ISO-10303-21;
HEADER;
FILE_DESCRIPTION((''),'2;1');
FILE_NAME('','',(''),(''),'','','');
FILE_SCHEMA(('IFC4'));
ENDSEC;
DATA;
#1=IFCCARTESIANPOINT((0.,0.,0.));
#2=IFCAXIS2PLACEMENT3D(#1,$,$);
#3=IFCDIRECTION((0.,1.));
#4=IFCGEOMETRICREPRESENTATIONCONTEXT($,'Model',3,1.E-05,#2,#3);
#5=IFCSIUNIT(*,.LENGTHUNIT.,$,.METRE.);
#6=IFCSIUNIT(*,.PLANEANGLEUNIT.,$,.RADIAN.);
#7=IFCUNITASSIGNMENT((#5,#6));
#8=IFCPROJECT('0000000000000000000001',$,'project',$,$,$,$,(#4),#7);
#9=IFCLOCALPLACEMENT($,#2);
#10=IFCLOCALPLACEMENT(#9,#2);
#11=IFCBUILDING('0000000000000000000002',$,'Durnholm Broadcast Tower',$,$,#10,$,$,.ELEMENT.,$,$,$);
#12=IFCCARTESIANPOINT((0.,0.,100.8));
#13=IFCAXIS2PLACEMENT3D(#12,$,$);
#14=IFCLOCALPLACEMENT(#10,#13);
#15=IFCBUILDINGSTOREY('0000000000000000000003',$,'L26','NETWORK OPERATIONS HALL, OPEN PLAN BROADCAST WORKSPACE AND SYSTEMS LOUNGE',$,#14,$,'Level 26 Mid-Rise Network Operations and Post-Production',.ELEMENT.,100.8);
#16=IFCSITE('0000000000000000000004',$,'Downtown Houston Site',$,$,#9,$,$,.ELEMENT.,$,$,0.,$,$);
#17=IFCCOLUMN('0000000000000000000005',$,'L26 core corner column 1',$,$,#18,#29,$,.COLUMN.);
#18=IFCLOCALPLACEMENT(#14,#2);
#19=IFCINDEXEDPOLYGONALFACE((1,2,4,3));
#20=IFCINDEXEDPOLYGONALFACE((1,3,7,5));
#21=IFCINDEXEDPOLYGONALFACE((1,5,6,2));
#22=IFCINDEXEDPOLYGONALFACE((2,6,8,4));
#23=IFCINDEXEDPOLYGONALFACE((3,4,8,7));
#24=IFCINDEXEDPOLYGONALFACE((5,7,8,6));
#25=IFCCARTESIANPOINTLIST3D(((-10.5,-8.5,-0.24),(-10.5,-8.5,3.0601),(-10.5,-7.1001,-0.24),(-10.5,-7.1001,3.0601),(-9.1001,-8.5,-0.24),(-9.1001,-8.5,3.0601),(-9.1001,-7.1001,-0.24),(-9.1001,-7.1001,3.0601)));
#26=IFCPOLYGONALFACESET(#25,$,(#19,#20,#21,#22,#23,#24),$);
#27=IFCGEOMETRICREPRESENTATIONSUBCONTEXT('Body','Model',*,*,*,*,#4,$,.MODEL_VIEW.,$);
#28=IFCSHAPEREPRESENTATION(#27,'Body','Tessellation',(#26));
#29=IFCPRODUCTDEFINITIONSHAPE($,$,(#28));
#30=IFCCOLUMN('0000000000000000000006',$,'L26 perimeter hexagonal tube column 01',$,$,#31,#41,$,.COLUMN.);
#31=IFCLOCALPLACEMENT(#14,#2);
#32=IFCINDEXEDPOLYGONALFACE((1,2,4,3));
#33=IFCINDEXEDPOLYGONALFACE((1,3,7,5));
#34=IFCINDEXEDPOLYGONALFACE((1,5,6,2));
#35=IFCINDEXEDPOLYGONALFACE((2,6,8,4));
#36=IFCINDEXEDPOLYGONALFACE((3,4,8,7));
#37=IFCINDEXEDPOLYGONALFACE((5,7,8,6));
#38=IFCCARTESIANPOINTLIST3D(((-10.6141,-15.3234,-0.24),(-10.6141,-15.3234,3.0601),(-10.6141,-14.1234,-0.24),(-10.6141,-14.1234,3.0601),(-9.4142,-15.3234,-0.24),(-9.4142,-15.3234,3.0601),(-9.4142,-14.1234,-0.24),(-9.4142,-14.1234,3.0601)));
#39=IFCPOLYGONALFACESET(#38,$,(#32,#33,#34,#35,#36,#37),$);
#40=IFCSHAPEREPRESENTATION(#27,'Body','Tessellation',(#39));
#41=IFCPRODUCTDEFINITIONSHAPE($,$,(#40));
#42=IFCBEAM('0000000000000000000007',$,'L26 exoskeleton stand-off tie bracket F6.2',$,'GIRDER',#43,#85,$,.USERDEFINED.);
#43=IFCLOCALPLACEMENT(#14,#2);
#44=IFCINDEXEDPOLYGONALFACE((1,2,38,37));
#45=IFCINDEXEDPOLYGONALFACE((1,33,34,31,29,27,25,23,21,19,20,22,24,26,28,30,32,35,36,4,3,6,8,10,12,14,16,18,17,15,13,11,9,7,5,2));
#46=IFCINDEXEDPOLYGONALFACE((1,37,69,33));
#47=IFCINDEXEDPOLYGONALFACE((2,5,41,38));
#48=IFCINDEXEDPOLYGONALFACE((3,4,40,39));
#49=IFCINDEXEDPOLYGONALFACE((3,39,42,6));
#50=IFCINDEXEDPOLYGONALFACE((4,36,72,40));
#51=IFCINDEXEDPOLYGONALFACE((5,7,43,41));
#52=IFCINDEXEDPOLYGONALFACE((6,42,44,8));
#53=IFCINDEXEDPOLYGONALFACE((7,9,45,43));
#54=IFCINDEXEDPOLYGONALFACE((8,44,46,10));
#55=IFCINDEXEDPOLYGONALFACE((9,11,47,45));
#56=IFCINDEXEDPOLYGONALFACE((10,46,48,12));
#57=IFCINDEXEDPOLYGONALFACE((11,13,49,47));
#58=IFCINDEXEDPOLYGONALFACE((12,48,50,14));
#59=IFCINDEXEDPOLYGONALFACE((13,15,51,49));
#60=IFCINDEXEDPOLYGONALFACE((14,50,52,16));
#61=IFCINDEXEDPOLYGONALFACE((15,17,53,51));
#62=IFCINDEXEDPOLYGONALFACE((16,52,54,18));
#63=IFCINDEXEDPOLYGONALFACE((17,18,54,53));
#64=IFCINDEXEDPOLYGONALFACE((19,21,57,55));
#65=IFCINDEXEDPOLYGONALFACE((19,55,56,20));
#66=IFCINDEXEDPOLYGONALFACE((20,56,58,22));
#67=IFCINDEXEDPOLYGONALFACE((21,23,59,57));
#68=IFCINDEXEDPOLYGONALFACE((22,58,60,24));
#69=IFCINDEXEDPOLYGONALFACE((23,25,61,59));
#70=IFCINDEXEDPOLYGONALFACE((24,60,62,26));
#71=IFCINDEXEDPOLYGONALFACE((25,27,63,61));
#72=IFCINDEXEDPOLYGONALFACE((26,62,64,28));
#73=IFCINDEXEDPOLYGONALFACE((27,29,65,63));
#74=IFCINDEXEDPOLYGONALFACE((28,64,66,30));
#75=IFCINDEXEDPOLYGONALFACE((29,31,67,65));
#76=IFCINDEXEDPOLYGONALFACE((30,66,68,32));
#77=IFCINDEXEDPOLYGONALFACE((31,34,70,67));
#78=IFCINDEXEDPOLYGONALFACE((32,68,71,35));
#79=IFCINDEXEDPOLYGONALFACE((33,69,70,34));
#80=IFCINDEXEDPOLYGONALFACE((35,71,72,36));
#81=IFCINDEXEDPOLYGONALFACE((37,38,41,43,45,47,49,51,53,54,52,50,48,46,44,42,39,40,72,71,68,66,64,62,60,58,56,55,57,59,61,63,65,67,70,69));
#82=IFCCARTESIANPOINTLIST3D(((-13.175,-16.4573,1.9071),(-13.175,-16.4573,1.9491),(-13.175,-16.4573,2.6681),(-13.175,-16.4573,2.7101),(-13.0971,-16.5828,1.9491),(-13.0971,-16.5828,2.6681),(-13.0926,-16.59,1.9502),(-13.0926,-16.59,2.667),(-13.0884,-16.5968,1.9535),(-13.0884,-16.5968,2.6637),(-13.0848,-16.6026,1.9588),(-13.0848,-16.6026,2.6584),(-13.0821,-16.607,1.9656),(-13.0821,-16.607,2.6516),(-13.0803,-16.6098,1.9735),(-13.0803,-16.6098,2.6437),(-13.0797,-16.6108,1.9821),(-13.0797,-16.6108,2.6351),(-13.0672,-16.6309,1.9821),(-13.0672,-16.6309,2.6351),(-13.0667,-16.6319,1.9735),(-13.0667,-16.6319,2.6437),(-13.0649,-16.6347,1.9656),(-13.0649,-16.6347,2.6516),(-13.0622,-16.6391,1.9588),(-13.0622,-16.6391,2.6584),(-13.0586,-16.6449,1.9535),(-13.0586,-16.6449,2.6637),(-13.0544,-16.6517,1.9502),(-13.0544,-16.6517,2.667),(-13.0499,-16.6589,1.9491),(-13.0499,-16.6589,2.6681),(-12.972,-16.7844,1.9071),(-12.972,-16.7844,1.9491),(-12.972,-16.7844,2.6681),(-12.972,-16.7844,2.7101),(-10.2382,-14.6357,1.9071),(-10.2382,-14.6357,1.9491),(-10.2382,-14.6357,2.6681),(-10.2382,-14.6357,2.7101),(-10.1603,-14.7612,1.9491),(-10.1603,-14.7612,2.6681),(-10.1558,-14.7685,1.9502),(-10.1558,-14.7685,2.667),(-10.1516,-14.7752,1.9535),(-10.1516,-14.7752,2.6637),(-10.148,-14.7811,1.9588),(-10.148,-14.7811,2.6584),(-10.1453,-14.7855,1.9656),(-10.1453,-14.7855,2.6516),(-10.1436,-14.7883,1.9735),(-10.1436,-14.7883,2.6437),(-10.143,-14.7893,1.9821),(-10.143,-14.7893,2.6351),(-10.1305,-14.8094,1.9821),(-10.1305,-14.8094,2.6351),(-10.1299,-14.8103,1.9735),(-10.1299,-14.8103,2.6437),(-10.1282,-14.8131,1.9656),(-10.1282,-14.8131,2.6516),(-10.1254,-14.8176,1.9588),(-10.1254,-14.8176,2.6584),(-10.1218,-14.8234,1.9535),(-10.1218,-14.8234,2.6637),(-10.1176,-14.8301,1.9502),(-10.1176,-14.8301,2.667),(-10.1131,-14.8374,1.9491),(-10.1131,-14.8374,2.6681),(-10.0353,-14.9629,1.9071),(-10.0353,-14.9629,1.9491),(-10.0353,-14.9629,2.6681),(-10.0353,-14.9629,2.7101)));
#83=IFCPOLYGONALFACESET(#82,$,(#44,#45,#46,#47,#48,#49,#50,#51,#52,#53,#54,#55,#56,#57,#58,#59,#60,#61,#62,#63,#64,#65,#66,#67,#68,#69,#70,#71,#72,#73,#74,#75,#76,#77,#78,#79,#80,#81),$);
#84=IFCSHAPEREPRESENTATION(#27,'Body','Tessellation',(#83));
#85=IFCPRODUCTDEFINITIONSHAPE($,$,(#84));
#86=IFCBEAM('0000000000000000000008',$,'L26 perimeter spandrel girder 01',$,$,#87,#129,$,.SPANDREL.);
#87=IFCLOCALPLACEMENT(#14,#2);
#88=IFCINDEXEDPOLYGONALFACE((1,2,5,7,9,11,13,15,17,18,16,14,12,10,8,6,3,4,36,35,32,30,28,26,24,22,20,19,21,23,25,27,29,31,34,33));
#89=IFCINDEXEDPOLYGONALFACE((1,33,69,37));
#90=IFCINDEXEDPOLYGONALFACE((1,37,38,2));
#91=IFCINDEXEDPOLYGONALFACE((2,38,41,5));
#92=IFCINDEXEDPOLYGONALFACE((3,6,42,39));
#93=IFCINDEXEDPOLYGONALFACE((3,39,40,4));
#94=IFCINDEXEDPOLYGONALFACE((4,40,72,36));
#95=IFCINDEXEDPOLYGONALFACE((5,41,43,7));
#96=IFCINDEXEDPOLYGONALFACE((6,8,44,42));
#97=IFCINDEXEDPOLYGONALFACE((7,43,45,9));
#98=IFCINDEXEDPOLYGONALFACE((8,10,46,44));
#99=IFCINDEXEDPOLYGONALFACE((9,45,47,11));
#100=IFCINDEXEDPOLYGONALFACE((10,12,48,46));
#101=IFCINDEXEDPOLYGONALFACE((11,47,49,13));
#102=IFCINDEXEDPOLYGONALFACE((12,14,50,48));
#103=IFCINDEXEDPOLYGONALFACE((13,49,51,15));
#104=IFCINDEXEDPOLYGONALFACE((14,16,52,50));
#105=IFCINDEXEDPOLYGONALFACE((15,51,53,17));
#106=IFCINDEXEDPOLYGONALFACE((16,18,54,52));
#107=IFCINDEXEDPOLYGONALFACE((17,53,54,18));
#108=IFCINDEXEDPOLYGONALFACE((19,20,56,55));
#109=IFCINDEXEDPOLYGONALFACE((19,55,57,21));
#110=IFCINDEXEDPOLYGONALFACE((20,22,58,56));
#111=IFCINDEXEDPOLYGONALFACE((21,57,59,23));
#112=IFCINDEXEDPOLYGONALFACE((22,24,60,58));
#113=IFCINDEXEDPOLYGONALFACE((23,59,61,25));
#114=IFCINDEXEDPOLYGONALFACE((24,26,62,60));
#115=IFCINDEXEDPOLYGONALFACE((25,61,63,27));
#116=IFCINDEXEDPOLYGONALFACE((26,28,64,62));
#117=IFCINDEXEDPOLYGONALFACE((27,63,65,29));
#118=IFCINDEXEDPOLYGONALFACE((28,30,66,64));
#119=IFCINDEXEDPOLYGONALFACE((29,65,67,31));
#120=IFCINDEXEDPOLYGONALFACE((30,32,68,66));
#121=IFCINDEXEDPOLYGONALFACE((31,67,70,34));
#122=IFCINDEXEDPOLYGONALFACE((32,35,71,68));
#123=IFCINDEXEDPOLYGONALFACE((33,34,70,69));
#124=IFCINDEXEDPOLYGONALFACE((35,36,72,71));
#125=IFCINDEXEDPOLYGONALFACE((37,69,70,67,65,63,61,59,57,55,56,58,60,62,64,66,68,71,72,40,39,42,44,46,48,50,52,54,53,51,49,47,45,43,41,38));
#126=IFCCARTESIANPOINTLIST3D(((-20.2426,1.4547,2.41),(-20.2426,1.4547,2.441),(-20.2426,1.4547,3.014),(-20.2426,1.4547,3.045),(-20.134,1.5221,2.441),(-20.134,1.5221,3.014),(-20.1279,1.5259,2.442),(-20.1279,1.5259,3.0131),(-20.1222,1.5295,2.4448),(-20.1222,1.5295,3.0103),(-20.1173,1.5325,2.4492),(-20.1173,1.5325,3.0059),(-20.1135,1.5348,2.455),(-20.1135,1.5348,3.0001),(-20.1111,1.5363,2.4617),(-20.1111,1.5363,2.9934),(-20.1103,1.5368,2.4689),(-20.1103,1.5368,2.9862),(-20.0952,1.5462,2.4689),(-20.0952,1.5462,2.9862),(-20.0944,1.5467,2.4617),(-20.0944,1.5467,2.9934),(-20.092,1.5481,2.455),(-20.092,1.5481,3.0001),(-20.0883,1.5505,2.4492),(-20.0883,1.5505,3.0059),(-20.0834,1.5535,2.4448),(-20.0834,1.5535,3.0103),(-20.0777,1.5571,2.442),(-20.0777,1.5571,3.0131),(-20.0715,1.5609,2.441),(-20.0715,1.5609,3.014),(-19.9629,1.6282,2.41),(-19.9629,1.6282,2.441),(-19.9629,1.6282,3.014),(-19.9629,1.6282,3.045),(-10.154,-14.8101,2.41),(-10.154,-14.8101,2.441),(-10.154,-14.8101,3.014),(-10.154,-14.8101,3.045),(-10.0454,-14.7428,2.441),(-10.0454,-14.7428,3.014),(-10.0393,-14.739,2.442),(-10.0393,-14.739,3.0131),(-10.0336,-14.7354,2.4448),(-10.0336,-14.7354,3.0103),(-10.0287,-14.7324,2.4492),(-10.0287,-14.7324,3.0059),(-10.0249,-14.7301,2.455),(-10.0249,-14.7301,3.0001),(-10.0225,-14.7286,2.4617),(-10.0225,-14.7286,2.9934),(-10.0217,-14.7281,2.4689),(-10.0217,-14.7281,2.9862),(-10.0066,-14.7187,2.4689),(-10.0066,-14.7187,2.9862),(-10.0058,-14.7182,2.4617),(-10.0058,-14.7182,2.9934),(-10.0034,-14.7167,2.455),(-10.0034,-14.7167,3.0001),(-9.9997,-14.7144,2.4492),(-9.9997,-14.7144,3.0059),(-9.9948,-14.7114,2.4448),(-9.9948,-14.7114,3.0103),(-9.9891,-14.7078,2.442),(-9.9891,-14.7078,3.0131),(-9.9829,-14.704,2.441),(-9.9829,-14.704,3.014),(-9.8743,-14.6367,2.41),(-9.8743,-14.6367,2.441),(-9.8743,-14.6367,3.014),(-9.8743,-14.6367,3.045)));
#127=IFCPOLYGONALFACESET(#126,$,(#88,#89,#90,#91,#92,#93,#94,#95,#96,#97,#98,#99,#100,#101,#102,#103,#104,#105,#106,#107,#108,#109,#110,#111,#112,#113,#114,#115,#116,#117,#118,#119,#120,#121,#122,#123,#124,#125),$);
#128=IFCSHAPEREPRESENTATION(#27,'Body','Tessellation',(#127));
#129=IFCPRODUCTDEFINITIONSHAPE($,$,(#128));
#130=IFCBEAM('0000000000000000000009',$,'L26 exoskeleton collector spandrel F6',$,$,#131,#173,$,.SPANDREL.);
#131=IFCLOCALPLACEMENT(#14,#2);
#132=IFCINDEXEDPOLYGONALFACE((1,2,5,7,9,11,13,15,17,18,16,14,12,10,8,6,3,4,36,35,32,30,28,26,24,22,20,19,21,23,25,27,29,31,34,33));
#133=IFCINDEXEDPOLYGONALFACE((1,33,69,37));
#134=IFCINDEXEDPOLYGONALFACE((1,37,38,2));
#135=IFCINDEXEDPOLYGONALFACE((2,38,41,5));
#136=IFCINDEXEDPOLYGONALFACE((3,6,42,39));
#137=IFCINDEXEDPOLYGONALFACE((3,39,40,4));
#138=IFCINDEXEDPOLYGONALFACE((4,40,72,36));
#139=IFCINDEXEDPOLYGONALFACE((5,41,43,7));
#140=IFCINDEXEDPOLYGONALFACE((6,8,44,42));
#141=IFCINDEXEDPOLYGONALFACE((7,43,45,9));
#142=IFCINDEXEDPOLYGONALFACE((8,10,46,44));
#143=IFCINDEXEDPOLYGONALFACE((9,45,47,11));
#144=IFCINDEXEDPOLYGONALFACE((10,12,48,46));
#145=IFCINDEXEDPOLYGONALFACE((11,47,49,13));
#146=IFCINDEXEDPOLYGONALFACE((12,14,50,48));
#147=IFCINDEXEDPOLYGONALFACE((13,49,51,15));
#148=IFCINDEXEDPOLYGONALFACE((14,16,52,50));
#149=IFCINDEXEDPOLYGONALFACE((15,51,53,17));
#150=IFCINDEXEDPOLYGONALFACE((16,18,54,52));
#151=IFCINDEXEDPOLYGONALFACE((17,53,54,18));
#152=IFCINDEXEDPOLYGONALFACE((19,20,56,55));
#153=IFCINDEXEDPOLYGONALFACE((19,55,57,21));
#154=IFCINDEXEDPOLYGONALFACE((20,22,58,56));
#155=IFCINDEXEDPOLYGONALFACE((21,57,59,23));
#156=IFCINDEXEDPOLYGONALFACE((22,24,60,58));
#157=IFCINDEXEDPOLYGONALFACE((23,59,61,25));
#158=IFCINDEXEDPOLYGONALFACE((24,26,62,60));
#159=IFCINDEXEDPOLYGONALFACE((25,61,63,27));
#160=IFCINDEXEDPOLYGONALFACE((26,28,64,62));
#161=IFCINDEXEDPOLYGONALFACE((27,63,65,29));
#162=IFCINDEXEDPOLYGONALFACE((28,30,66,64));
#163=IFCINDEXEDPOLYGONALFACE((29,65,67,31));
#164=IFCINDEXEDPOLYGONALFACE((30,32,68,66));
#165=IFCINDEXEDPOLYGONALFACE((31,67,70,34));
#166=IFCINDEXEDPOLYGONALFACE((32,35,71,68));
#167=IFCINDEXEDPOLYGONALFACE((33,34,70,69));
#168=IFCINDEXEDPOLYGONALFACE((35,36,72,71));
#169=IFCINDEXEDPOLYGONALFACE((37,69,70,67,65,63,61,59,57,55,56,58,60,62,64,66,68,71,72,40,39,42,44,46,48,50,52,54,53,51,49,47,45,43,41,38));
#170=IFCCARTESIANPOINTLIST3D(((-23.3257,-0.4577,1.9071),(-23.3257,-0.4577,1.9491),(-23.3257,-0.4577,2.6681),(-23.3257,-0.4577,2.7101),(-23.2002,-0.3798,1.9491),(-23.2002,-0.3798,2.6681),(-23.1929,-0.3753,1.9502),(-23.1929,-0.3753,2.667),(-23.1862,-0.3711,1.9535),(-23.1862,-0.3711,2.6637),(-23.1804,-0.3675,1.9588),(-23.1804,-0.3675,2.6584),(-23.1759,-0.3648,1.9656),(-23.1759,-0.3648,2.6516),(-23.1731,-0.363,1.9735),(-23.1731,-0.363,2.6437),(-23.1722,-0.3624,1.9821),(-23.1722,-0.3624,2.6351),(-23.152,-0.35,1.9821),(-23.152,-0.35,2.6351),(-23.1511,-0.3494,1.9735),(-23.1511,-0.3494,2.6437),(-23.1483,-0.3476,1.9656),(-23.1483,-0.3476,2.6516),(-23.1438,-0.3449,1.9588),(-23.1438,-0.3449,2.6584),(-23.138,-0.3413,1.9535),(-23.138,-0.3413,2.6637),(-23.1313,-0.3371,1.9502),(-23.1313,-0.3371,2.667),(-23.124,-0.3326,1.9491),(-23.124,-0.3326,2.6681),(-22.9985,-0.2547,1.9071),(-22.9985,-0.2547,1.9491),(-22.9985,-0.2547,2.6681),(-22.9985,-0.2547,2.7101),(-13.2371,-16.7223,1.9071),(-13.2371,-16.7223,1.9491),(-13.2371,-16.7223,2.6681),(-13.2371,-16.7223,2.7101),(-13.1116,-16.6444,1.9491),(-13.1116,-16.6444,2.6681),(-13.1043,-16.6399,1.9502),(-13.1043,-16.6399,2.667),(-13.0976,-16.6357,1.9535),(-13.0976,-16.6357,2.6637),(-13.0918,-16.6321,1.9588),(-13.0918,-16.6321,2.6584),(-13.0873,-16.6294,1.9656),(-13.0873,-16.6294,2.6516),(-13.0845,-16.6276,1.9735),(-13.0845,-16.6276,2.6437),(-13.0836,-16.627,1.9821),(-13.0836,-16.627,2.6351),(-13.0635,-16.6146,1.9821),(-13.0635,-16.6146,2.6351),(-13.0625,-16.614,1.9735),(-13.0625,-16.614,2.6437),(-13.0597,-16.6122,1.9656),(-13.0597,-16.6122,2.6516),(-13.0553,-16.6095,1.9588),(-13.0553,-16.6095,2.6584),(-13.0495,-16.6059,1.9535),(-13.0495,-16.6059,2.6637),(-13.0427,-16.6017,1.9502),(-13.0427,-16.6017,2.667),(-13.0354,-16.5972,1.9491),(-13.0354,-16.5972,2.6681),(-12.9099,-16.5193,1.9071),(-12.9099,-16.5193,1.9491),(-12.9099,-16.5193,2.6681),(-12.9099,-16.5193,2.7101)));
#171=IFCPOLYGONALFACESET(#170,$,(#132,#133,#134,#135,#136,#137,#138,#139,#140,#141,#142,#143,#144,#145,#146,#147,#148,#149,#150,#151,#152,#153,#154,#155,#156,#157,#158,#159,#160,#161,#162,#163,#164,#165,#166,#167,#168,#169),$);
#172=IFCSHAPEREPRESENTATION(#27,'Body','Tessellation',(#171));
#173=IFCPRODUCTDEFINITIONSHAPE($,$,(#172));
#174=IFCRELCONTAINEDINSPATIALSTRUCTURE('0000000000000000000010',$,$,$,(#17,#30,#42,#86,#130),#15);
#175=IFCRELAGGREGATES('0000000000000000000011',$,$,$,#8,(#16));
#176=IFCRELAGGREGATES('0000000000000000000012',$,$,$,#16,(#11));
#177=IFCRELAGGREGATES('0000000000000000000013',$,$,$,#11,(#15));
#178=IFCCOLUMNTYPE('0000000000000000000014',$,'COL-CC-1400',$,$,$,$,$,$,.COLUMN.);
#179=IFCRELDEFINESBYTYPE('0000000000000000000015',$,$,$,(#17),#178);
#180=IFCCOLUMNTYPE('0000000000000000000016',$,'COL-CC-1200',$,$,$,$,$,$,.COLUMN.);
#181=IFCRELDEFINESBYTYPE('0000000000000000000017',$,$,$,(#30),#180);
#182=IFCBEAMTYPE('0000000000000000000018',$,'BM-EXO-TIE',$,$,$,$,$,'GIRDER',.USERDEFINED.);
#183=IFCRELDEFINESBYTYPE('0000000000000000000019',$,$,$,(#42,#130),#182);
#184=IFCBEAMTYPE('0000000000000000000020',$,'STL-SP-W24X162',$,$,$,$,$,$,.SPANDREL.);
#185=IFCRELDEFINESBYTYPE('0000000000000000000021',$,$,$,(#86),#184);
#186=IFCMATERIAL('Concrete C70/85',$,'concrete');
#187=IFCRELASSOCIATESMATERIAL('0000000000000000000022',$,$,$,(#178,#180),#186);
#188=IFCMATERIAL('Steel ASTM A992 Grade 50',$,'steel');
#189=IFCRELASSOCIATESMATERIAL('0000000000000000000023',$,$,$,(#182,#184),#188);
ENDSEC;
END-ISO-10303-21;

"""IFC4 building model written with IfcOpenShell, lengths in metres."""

from ifc_helpers import new_model, si_unit, direction, frame, origin, origin_2d, place, context, subcontext, project, spatial, rectangle, i_section, extrude, source, transform, mapped, material, material_profile, profile_set, type_object, type_shapes, element, save


model = new_model("IFC4")

# Units and contexts
model_context = context("Model", 3, precision=1e-05, world=origin(), true_north=direction((0.0, 1.0)))
body_context = subcontext(model_context, "Body", "Model", "MODEL_VIEW")
ifc_project = project(units=[si_unit("LENGTHUNIT", "METRE"), si_unit("PLANEANGLEUNIT", "RADIAN")], contexts=[model_context])

# Site, building, storey
site_placement = place(None, origin())
site = spatial("IfcSite", under=ifc_project, at=site_placement, Name="Downtown Houston Site", CompositionType="ELEMENT", RefElevation=0.0)
building_placement = place(site_placement, origin())
building = spatial("IfcBuilding", under=site, at=building_placement, Name="Durnholm Broadcast Tower", CompositionType="ELEMENT")
storey_placement = place(building_placement, frame((0.0, 0.0, 100.8)))
storey = spatial("IfcBuildingStorey", under=building, at=storey_placement, Name="L26", Description="NETWORK OPERATIONS HALL, OPEN PLAN BROADCAST WORKSPACE AND SYSTEMS LOUNGE", LongName="Level 26 Mid-Rise Network Operations and Post-Production", CompositionType="ELEMENT", Elevation=100.8)

# Columns
ifc_material_1 = material(Name="Concrete C70/85", Category="concrete")
ifc_material_profile_1 = material_profile(ifc_material_1, rectangle(XDim=1.3999, YDim=1.3999, at=origin_2d()), Name="RC1400X1400")
ifc_profile_set_1 = profile_set([ifc_material_profile_1], Name="Concrete C70/85")
column_type_1 = type_object("IfcColumnType", Name="COL-CC-1400", PredefinedType="COLUMN", material=ifc_profile_set_1)
shared_shape_1 = source(origin(), body_context, "Body", "SweptSolid", [
    extrude(rectangle(XDim=1.3999, YDim=1.3999, at=origin_2d()), origin(), (0.0, 0.0, 1.0), 3.3),
])
type_shapes(column_type_1, [shared_shape_1])
column_1_placement = place(storey_placement, frame((-9.8, -7.8, -0.24), z_axis=(0.0, 0.0, 1.0), x_axis=(1.0, 0.0, 0.0)))
element("IfcColumn", 1, at=column_1_placement, inside=storey, type_object=column_type_1, Name="L26 core corner column 1", PredefinedType="COLUMN", context=body_context, shape_type="MappedRepresentation", body=[
    mapped(shared_shape_1, transform((0.0, 0.0, 0.0), x_axis=(1.0, 0.0, 0.0), y_axis=(0.0, 1.0, 0.0), z_axis=(0.0, 0.0, 1.0), scale=1.0)),
])
ifc_material_profile_2 = material_profile(ifc_material_1, rectangle(XDim=1.2, YDim=1.2, at=origin_2d()), Name="RC1200X1200")
ifc_profile_set_2 = profile_set([ifc_material_profile_2], Name="Concrete C70/85")
column_type_2 = type_object("IfcColumnType", Name="COL-CC-1200", PredefinedType="COLUMN", material=ifc_profile_set_2)
shared_shape_2 = source(origin(), body_context, "Body", "SweptSolid", [
    extrude(rectangle(XDim=1.2, YDim=1.2, at=origin_2d()), origin(), (0.0, 0.0, 1.0), 3.3),
])
type_shapes(column_type_2, [shared_shape_2])
column_2_placement = place(storey_placement, frame((-10.0142, -14.7234, -0.24), z_axis=(0.0, 0.0, 1.0), x_axis=(1.0, 0.0, 0.0)))
element("IfcColumn", 2, at=column_2_placement, inside=storey, type_object=column_type_2, Name="L26 perimeter hexagonal tube column 01", PredefinedType="COLUMN", context=body_context, shape_type="MappedRepresentation", body=[
    mapped(shared_shape_2, transform((0.0, 0.0, 0.0), x_axis=(1.0, 0.0, 0.0), y_axis=(0.0, 1.0, 0.0), z_axis=(0.0, 0.0, 1.0), scale=1.0)),
])

# Beams
ifc_material_2 = material(Name="Steel ASTM A992 Grade 50", Category="steel")
ifc_material_profile_3 = material_profile(ifc_material_2, i_section(OverallWidth=0.385, OverallDepth=0.803, WebThickness=0.0237, FlangeThickness=0.042, FilletRadius=0.033, at=origin_2d()), Name="W30X261")
ifc_profile_set_3 = profile_set([ifc_material_profile_3], Name="Steel ASTM A992 Grade 50")
beam_type_1 = type_object("IfcBeamType", Name="BM-EXO-TIE", ElementType="GIRDER", PredefinedType="USERDEFINED", material=ifc_profile_set_3)
shared_shape_3 = source(origin(), body_context, "Body", "SweptSolid", [
    extrude(i_section(OverallWidth=0.385, OverallDepth=0.803, WebThickness=0.0237, FlangeThickness=0.042, FilletRadius=0.033, at=origin_2d()), origin(), (0.0, 0.0, 1.0), 3.4558),
])
beam_1_placement = place(storey_placement, frame((-10.1367, -14.7993, 2.3086), z_axis=(-0.849807, -0.527094, 0.0), x_axis=(0.527094, -0.849807, 0.0)))
element("IfcBeam", 3, at=beam_1_placement, inside=storey, type_object=beam_type_1, Name="L26 exoskeleton stand-off tie bracket F6.2", ObjectType="GIRDER", PredefinedType="USERDEFINED", context=body_context, shape_type="MappedRepresentation", body=[
    mapped(shared_shape_3, transform((0.0, 0.0, 0.0), x_axis=(1.0, 0.0, 0.0), y_axis=(0.0, 1.0, 0.0), z_axis=(0.0, 0.0, 1.0), scale=1.0)),
])
ifc_material_profile_4 = material_profile(ifc_material_2, i_section(OverallWidth=0.3291, OverallDepth=0.635, WebThickness=0.0178, FlangeThickness=0.031, FilletRadius=0.0278, at=origin_2d()), Name="W24X162")
ifc_profile_set_4 = profile_set([ifc_material_profile_4], Name="Steel ASTM A992 Grade 50")
beam_type_2 = type_object("IfcBeamType", Name="STL-SP-W24X162", PredefinedType="SPANDREL", material=ifc_profile_set_4)
shared_shape_4 = source(origin(), body_context, "Body", "SweptSolid", [
    extrude(i_section(OverallWidth=0.3291, OverallDepth=0.635, WebThickness=0.0178, FlangeThickness=0.031, FilletRadius=0.0278, at=origin_2d()), origin(), (0.0, 0.0, 1.0), 19.1396),
])
type_shapes(beam_type_2, [shared_shape_4])
beam_2_placement = place(storey_placement, frame((-10.0142, -14.7234, 2.7275), z_axis=(-0.527105, 0.8498, 0.0), x_axis=(-0.8498, -0.527105, 0.0)))
element("IfcBeam", 4, at=beam_2_placement, inside=storey, type_object=beam_type_2, Name="L26 perimeter spandrel girder 01", PredefinedType="SPANDREL", context=body_context, shape_type="MappedRepresentation", body=[
    mapped(shared_shape_4, transform((0.0, 0.0, 0.0), x_axis=(1.0, 0.0, 0.0), y_axis=(0.0, 1.0, 0.0), z_axis=(0.0, 0.0, 1.0), scale=1.0)),
])
shared_shape_5 = source(origin(), body_context, "Body", "SweptSolid", [
    extrude(i_section(OverallWidth=0.385, OverallDepth=0.803, WebThickness=0.0237, FlangeThickness=0.042, FilletRadius=0.033, at=origin_2d()), origin(), (0.0, 0.0, 1.0), 19.1394),
])
type_shapes(beam_type_1, [shared_shape_3, shared_shape_5])
beam_3_placement = place(storey_placement, frame((-23.1621, -0.3562, 2.3086), z_axis=(0.527111, -0.849796, 0.0), x_axis=(0.849796, 0.527111, 0.0)))
element("IfcBeam", 5, at=beam_3_placement, inside=storey, type_object=beam_type_1, Name="L26 exoskeleton collector spandrel F6", PredefinedType="SPANDREL", context=body_context, shape_type="MappedRepresentation", body=[
    mapped(shared_shape_5, transform((0.0, 0.0, 0.0), x_axis=(1.0, 0.0, 0.0), y_axis=(0.0, 1.0, 0.0), z_axis=(0.0, 0.0, 1.0), scale=1.0)),
])

save(model, "model.ifc")
